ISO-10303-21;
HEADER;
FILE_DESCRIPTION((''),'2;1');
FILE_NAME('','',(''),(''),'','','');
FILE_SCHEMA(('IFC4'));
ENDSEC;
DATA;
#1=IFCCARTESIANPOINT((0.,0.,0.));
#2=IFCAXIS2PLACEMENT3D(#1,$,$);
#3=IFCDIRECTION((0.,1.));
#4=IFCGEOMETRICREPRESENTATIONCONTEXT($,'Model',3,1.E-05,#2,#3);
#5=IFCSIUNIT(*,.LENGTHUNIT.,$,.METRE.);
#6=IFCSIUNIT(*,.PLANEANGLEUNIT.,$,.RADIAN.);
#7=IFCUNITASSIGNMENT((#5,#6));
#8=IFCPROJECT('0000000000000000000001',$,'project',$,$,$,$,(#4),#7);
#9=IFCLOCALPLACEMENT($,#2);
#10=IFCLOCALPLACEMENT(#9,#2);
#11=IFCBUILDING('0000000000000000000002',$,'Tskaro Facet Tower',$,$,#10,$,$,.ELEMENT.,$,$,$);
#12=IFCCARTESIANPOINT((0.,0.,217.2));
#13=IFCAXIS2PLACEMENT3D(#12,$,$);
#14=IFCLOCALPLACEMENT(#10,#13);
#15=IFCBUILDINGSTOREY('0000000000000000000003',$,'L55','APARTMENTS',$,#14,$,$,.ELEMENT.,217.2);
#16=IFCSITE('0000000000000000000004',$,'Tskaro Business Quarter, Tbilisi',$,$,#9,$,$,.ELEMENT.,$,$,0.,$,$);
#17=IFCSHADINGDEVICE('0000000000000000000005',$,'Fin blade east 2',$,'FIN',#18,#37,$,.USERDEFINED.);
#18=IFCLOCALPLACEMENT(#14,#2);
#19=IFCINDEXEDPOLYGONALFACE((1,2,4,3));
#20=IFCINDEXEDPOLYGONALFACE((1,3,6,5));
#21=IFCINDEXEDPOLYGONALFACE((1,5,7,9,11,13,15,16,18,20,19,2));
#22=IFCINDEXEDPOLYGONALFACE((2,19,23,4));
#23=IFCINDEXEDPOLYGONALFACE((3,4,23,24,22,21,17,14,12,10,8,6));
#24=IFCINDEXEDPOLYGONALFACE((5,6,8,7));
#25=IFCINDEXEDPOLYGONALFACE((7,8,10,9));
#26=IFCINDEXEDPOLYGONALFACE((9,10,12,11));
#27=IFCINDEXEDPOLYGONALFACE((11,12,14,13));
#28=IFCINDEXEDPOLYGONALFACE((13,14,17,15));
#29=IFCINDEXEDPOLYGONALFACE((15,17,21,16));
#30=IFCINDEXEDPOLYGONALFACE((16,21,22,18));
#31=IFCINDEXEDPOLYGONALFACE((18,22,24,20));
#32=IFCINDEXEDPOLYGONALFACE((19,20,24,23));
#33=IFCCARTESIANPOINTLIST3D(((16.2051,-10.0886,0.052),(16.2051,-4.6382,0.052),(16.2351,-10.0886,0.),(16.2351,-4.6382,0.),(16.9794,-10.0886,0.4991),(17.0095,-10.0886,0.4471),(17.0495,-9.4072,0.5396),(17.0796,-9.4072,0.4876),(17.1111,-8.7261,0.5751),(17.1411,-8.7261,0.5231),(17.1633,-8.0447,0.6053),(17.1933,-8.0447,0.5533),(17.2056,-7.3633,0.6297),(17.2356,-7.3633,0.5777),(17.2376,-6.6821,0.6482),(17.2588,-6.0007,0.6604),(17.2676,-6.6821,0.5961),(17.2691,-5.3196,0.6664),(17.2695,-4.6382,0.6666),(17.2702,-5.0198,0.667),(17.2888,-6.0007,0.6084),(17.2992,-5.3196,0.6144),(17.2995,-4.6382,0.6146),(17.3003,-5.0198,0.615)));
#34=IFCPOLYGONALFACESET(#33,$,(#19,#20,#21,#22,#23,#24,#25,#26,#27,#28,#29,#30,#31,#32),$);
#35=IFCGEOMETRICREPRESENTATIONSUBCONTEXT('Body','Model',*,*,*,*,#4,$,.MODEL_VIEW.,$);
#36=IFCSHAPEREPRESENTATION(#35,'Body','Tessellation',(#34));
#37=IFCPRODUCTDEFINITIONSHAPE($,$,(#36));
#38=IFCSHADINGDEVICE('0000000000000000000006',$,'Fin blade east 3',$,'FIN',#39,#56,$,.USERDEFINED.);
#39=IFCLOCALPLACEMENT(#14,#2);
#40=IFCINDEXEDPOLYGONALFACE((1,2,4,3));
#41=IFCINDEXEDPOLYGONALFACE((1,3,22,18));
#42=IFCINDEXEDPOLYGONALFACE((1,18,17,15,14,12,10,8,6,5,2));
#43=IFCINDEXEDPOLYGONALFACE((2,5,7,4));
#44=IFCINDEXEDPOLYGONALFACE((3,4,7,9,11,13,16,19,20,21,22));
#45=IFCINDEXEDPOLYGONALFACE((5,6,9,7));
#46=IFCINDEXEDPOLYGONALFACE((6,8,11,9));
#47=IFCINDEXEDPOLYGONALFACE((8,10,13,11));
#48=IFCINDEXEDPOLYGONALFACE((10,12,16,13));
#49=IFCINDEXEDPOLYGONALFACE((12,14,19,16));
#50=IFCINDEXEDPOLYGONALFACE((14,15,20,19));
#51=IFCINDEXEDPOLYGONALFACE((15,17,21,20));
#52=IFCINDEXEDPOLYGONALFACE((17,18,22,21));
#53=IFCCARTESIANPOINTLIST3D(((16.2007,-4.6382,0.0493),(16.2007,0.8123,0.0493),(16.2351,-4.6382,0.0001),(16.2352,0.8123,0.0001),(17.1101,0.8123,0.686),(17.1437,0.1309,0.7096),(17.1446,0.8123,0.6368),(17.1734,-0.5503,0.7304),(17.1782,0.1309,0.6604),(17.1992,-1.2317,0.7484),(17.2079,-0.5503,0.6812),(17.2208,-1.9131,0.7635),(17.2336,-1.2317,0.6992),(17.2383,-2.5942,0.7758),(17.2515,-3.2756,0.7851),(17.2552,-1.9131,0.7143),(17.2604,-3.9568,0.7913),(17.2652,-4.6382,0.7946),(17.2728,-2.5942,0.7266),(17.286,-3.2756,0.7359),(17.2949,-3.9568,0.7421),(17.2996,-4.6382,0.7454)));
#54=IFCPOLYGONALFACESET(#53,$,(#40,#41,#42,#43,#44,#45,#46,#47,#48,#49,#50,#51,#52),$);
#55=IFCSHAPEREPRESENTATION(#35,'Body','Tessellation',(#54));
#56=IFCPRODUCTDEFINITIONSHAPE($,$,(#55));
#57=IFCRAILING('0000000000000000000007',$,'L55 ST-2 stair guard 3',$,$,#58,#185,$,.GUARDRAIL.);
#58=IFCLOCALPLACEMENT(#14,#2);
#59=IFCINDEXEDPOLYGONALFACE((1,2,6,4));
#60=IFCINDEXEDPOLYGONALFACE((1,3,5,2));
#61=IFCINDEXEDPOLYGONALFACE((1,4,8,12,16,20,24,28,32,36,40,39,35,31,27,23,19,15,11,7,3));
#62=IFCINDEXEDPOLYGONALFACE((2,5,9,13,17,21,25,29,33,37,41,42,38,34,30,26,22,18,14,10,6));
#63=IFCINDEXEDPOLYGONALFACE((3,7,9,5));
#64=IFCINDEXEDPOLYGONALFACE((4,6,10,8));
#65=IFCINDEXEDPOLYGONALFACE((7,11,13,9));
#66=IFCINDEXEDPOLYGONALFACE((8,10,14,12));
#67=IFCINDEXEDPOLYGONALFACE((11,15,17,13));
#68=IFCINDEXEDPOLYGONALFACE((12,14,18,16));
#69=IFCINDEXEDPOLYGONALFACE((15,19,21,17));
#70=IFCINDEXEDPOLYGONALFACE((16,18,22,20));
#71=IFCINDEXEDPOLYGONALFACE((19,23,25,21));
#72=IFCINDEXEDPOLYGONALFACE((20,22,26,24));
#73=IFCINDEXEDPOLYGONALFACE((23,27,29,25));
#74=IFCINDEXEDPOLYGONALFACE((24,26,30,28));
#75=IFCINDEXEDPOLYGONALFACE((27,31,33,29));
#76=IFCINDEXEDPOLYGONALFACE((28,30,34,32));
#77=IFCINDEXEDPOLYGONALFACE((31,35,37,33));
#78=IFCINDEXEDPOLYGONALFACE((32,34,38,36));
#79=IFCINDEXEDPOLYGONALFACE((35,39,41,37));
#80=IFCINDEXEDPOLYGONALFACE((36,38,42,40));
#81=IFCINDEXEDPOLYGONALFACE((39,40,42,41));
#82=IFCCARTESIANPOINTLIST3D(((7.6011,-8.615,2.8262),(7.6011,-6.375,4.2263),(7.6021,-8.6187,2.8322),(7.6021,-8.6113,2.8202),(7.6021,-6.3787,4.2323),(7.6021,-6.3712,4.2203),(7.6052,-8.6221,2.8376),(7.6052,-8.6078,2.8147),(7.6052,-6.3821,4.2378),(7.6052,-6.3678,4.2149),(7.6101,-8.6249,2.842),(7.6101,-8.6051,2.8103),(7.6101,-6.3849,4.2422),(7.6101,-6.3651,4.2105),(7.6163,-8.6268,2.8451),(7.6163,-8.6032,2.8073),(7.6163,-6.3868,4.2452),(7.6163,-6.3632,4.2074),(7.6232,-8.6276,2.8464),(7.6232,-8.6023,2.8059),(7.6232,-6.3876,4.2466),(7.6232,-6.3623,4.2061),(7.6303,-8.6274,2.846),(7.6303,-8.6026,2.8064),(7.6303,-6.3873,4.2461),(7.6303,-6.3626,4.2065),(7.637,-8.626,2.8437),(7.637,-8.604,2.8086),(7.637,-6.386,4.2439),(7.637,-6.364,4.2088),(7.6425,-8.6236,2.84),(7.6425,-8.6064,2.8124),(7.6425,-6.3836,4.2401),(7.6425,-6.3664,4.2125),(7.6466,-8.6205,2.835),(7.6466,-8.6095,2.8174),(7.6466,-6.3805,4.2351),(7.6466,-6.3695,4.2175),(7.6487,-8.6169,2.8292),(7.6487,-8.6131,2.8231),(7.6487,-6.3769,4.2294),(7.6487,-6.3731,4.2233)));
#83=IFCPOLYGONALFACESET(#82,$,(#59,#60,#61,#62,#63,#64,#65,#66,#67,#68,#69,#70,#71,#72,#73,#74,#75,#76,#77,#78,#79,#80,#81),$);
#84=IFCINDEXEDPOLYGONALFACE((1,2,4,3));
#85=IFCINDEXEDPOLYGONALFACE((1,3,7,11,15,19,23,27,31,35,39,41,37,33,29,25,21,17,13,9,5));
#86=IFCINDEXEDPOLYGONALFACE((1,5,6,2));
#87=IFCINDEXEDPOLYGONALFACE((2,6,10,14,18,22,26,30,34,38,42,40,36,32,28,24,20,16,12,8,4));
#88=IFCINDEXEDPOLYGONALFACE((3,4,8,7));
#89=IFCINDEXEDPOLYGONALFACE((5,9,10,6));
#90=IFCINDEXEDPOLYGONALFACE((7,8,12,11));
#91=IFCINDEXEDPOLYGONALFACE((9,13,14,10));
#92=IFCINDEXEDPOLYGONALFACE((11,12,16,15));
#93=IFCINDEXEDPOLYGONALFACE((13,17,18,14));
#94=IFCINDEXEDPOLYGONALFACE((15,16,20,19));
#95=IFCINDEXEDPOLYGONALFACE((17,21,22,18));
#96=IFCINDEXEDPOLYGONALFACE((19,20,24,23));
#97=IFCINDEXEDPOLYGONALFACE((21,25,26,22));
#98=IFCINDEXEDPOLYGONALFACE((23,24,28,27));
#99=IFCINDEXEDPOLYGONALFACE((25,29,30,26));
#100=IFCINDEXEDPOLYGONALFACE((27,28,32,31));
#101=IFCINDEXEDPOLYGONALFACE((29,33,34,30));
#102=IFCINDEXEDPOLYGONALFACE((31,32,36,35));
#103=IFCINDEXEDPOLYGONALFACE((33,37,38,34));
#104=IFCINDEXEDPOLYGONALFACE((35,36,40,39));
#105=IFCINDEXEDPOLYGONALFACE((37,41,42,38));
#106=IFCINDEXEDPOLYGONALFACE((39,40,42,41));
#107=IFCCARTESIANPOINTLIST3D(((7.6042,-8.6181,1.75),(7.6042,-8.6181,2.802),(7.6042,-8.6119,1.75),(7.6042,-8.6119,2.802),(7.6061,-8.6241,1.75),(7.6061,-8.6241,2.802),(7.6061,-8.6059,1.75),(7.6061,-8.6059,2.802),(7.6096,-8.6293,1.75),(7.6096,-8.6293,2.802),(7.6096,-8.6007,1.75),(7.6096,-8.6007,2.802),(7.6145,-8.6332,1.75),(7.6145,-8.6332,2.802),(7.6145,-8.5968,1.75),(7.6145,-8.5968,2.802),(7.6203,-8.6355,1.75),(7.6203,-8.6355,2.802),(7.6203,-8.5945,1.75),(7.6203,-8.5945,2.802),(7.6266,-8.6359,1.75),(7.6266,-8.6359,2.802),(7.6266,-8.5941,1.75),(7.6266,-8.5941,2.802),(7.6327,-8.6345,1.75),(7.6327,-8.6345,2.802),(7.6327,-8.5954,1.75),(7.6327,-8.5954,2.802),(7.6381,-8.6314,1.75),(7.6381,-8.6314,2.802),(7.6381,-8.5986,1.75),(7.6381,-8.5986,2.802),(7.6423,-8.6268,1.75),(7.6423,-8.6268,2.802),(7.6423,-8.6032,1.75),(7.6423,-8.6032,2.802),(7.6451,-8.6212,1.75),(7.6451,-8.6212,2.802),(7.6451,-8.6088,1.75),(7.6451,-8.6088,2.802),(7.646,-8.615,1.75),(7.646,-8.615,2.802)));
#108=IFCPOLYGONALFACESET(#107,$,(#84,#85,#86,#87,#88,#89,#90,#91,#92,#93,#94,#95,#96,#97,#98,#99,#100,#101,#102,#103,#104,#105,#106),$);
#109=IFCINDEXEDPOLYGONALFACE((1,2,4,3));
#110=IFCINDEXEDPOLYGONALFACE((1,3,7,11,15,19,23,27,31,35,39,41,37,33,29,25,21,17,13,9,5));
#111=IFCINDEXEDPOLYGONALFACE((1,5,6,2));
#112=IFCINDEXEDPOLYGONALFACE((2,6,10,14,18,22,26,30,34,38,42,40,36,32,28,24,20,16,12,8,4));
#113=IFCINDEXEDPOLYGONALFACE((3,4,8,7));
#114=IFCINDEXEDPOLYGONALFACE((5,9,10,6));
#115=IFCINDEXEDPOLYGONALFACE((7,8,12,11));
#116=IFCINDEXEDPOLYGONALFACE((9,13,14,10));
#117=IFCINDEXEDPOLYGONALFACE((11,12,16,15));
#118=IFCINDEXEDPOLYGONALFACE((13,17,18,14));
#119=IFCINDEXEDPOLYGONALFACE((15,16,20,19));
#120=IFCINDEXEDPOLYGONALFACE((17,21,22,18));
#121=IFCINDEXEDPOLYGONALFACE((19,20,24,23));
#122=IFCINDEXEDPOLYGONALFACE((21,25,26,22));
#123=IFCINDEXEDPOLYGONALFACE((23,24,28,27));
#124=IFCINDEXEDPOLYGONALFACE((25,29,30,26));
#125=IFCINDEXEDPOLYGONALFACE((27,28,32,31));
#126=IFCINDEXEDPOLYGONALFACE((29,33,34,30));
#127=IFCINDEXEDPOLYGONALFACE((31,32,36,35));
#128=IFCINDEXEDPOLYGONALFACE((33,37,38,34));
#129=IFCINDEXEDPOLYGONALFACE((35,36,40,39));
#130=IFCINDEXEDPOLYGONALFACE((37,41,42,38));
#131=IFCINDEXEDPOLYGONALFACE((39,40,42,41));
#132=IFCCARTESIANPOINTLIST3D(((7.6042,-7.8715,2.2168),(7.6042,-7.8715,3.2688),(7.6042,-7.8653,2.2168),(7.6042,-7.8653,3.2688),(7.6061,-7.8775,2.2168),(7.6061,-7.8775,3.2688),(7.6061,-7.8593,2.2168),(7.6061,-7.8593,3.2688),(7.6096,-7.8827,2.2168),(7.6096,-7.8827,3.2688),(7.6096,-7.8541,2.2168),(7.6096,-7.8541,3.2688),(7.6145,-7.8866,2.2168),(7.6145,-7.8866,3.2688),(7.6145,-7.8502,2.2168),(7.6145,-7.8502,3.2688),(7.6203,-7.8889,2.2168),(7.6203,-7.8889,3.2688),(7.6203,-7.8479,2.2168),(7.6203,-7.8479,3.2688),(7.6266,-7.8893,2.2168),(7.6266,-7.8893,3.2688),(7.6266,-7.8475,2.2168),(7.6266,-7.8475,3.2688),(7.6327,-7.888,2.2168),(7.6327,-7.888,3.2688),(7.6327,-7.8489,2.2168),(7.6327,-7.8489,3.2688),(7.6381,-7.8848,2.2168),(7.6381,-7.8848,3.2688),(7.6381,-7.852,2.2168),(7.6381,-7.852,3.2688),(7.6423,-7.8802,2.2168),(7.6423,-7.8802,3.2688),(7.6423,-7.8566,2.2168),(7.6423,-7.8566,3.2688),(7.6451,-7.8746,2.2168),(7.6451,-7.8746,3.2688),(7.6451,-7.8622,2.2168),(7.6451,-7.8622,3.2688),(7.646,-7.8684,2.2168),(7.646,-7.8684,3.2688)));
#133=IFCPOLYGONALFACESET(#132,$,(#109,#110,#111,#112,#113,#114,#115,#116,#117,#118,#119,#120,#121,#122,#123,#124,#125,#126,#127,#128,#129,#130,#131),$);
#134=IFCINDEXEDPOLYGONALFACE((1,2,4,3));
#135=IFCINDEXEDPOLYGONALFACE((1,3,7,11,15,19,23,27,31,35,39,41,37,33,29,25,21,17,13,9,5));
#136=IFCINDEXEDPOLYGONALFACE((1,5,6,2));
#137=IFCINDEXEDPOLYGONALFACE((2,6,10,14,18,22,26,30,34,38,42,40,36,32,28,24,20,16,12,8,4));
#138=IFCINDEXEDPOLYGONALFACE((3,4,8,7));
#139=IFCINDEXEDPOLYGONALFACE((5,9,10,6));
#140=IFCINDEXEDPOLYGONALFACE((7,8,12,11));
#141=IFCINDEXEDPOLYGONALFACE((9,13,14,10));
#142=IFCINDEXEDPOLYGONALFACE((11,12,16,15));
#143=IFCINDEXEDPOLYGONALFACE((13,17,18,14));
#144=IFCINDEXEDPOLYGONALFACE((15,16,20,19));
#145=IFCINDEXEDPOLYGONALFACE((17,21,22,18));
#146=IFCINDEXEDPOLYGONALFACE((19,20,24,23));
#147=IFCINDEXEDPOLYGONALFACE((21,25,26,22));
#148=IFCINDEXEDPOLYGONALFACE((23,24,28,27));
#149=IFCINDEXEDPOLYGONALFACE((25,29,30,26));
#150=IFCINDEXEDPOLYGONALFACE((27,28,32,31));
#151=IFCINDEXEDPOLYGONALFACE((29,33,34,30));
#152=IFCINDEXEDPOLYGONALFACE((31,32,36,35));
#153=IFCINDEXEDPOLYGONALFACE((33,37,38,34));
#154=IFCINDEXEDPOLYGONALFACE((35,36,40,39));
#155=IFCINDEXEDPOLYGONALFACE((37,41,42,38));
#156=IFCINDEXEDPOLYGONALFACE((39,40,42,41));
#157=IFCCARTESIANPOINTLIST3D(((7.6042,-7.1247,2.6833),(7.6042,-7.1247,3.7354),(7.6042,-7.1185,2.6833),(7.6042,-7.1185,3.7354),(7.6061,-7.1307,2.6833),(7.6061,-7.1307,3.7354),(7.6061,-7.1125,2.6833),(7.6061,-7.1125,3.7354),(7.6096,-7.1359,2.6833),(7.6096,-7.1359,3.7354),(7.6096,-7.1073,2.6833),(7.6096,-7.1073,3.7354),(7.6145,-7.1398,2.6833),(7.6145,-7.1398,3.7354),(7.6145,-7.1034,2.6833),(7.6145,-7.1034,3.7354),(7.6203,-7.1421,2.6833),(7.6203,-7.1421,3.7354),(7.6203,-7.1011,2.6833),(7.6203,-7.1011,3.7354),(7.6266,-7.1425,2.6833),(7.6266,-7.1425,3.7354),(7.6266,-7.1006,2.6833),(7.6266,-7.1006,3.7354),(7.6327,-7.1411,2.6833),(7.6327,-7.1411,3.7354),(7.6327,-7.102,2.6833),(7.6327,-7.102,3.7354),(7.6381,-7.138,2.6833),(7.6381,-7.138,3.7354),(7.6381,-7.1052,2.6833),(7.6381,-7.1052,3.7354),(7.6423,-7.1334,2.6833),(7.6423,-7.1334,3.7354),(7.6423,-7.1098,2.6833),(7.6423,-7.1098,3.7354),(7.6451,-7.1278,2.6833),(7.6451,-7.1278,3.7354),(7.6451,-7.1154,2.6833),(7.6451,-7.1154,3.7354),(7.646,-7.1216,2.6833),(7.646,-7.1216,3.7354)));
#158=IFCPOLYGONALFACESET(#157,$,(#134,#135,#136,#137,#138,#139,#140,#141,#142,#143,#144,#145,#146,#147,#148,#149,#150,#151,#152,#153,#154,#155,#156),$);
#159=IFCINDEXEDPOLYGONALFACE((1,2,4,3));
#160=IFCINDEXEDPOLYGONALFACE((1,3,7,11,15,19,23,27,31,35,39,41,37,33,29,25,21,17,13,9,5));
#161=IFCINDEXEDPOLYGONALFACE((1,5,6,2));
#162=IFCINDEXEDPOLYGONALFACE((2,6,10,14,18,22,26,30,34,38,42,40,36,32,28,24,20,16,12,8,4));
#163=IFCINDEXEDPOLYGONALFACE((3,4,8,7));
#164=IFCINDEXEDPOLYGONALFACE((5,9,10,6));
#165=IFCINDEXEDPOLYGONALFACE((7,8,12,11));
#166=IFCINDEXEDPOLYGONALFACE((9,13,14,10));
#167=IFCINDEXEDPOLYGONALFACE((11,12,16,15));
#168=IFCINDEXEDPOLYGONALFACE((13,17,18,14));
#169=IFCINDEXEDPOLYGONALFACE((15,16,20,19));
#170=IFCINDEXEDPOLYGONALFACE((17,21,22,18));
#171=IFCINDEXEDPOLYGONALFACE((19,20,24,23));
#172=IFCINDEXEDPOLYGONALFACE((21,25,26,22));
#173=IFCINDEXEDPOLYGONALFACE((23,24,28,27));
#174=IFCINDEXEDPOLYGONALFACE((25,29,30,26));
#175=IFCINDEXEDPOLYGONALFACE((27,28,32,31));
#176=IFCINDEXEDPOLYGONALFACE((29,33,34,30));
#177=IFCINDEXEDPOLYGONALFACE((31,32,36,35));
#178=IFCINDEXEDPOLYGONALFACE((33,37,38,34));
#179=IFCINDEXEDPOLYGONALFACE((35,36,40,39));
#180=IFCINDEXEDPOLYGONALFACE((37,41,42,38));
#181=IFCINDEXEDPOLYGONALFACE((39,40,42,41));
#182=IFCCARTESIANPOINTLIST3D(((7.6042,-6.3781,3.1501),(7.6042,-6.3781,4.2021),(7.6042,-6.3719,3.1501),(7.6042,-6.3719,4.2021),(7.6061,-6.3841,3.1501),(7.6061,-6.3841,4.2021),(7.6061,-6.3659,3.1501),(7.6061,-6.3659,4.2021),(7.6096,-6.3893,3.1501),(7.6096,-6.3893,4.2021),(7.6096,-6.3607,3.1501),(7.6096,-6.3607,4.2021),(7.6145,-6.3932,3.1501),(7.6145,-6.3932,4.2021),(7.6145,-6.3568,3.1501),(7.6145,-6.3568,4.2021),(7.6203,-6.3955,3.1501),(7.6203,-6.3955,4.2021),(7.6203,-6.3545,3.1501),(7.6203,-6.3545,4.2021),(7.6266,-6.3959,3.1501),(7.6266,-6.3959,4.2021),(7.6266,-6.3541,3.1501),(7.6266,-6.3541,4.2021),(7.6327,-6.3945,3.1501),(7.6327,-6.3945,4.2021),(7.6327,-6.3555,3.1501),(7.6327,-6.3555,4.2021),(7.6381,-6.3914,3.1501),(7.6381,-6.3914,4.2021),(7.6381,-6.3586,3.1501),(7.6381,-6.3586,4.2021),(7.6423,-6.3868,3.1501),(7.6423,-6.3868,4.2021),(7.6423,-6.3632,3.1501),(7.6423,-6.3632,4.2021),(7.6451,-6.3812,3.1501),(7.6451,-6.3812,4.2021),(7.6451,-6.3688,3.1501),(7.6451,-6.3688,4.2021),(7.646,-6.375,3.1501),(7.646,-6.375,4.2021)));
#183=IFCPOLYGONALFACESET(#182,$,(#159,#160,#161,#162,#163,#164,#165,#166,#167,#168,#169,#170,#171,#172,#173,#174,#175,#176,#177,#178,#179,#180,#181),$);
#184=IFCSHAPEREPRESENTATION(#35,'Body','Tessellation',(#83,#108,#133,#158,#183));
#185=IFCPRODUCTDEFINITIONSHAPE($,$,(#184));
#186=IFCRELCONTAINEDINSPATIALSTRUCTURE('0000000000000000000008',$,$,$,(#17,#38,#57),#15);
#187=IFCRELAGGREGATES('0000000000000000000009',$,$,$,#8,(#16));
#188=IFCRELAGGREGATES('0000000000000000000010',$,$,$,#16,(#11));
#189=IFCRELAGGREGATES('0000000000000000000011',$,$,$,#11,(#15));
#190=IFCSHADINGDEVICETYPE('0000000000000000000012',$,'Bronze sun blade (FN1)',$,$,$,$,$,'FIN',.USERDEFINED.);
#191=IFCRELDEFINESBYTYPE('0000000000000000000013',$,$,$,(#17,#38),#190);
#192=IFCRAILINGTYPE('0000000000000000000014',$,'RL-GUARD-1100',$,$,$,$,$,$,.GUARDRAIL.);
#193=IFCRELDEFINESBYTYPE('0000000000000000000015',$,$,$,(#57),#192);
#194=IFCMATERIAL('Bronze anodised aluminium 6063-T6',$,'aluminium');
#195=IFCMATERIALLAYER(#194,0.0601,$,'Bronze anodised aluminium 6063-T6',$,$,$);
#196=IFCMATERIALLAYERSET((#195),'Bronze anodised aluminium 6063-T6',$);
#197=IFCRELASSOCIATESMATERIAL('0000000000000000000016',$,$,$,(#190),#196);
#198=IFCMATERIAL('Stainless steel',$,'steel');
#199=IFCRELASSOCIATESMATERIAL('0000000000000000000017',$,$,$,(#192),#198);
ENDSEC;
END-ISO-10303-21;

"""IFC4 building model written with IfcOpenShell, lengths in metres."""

from ifc_helpers import new_model, si_unit, direction, frame, origin, origin_2d, place, context, subcontext, project, spatial, polyline, circle, outline, extrude, material, layer, layer_set, type_object, element, save


model = new_model("IFC4")

# Units and contexts
model_context = context("Model", 3, precision=1e-05, world=origin(), true_north=direction((0.0, 1.0)))
body_context = subcontext(model_context, "Body", "Model", "MODEL_VIEW")
ifc_project = project(units=[si_unit("LENGTHUNIT", "METRE"), si_unit("PLANEANGLEUNIT", "RADIAN")], contexts=[model_context])

# Site, building, storey
site_placement = place(None, origin())
site = spatial("IfcSite", under=ifc_project, at=site_placement, Name="Tskaro Business Quarter, Tbilisi", CompositionType="ELEMENT", RefElevation=0.0)
building_placement = place(site_placement, origin())
building = spatial("IfcBuilding", under=site, at=building_placement, Name="Tskaro Facet Tower", CompositionType="ELEMENT")
storey_placement = place(building_placement, frame((0.0, 0.0, 217.2)))
storey = spatial("IfcBuildingStorey", under=building, at=storey_placement, Name="L55", Description="APARTMENTS", CompositionType="ELEMENT", Elevation=217.2)

# Shared definitions
ifc_material_1 = material(Name="Bronze anodised aluminium 6063-T6", Category="aluminium")

# Shading devices
ifc_layer_1 = layer(ifc_material_1, 0.0601, Name="Bronze anodised aluminium 6063-T6")
ifc_layer_set_1 = layer_set([ifc_layer_1], Name="Bronze anodised aluminium 6063-T6")
shading_device_type = type_object("IfcShadingDeviceType", Name="Bronze sun blade (FN1)", ElementType="FIN", PredefinedType="USERDEFINED", material=ifc_layer_set_1)
shading_device_1_placement = place(storey_placement, frame((16.2051, -10.0886, 0.052), z_axis=(-0.500026, 0.000001, 0.86601), x_axis=(0.0, 1.0, -0.000001)))
element("IfcShadingDevice", 1, at=shading_device_1_placement, inside=storey, type_object=shading_device_type, Name="Fin blade east 2", ObjectType="FIN", PredefinedType="USERDEFINED", context=body_context, shape_type="SweptSolid", body=[
    extrude(outline(polyline([(0.0, 0.0), (5.4504, 0.0), (5.4504, -1.2291), (5.0688, -1.23), (4.769, -1.2287), (4.0879, -1.2167), (3.4065, -1.1922), (2.7253, -1.1553), (2.0439, -1.1065), (1.3625, -1.0462), (0.6814, -0.9751), (0.0, -0.8942), (0.0, 0.0)])), origin(), (0.0, 0.0, -1.0), 0.0601),
])
shading_device_2_placement = place(storey_placement, frame((16.2007, -4.6382, 0.0493), z_axis=(-0.573558, 0.000007, 0.819165), x_axis=(0.000004, 1.0, -0.000006)))
element("IfcShadingDevice", 2, at=shading_device_2_placement, inside=storey, type_object=shading_device_type, Name="Fin blade east 3", ObjectType="FIN", PredefinedType="USERDEFINED", context=body_context, shape_type="SweptSolid", body=[
    extrude(outline(polyline([(0.0, 0.0), (5.4504, 0.0), (5.4504, -1.1102), (4.769, -1.1512), (4.0879, -1.1874), (3.4065, -1.2189), (2.7251, -1.2453), (2.0439, -1.2667), (1.3625, -1.2828), (0.6814, -1.2937), (0.0, -1.2995), (0.0, 0.0)])), origin(), (0.0, 0.0, -1.0), 0.0601),
])

# Railing
ifc_material_2 = material(Name="Stainless steel", Category="steel")
railing_type_1 = type_object("IfcRailingType", Name="RL-GUARD-1100", PredefinedType="GUARDRAIL", material=ifc_material_2)
railing_1_placement = place(storey_placement, frame((7.625, -8.615, 1.75)))
element("IfcRailing", 3, at=railing_1_placement, inside=storey, type_object=railing_type_1, Name="L55 ST-2 stair guard 3", PredefinedType="GUARDRAIL", context=body_context, shape_type="SweptSolid", body=[
    extrude(circle(Radius=0.0239, at=origin_2d()), frame((0.0, 0.0, 1.0762), z_axis=(0.0, 0.847972, 0.53004), x_axis=(-1.0, 0.0, 0.0)), (0.0, 0.0, 1.0), 2.6416),
    extrude(circle(Radius=0.021, at=origin_2d()), origin(), (0.0, 0.0, 1.0), 1.052),
    extrude(circle(Radius=0.021, at=origin_2d()), frame((0.0, 0.7466, 0.4668)), (0.0, 0.0, 1.0), 1.052),
    extrude(circle(Radius=0.021, at=origin_2d()), frame((0.0, 1.4934, 0.9333)), (0.0, 0.0, 1.0), 1.052),
    extrude(circle(Radius=0.021, at=origin_2d()), frame((0.0, 2.24, 1.4001)), (0.0, 0.0, 1.0), 1.052),
])

save(model, "model.ifc")
